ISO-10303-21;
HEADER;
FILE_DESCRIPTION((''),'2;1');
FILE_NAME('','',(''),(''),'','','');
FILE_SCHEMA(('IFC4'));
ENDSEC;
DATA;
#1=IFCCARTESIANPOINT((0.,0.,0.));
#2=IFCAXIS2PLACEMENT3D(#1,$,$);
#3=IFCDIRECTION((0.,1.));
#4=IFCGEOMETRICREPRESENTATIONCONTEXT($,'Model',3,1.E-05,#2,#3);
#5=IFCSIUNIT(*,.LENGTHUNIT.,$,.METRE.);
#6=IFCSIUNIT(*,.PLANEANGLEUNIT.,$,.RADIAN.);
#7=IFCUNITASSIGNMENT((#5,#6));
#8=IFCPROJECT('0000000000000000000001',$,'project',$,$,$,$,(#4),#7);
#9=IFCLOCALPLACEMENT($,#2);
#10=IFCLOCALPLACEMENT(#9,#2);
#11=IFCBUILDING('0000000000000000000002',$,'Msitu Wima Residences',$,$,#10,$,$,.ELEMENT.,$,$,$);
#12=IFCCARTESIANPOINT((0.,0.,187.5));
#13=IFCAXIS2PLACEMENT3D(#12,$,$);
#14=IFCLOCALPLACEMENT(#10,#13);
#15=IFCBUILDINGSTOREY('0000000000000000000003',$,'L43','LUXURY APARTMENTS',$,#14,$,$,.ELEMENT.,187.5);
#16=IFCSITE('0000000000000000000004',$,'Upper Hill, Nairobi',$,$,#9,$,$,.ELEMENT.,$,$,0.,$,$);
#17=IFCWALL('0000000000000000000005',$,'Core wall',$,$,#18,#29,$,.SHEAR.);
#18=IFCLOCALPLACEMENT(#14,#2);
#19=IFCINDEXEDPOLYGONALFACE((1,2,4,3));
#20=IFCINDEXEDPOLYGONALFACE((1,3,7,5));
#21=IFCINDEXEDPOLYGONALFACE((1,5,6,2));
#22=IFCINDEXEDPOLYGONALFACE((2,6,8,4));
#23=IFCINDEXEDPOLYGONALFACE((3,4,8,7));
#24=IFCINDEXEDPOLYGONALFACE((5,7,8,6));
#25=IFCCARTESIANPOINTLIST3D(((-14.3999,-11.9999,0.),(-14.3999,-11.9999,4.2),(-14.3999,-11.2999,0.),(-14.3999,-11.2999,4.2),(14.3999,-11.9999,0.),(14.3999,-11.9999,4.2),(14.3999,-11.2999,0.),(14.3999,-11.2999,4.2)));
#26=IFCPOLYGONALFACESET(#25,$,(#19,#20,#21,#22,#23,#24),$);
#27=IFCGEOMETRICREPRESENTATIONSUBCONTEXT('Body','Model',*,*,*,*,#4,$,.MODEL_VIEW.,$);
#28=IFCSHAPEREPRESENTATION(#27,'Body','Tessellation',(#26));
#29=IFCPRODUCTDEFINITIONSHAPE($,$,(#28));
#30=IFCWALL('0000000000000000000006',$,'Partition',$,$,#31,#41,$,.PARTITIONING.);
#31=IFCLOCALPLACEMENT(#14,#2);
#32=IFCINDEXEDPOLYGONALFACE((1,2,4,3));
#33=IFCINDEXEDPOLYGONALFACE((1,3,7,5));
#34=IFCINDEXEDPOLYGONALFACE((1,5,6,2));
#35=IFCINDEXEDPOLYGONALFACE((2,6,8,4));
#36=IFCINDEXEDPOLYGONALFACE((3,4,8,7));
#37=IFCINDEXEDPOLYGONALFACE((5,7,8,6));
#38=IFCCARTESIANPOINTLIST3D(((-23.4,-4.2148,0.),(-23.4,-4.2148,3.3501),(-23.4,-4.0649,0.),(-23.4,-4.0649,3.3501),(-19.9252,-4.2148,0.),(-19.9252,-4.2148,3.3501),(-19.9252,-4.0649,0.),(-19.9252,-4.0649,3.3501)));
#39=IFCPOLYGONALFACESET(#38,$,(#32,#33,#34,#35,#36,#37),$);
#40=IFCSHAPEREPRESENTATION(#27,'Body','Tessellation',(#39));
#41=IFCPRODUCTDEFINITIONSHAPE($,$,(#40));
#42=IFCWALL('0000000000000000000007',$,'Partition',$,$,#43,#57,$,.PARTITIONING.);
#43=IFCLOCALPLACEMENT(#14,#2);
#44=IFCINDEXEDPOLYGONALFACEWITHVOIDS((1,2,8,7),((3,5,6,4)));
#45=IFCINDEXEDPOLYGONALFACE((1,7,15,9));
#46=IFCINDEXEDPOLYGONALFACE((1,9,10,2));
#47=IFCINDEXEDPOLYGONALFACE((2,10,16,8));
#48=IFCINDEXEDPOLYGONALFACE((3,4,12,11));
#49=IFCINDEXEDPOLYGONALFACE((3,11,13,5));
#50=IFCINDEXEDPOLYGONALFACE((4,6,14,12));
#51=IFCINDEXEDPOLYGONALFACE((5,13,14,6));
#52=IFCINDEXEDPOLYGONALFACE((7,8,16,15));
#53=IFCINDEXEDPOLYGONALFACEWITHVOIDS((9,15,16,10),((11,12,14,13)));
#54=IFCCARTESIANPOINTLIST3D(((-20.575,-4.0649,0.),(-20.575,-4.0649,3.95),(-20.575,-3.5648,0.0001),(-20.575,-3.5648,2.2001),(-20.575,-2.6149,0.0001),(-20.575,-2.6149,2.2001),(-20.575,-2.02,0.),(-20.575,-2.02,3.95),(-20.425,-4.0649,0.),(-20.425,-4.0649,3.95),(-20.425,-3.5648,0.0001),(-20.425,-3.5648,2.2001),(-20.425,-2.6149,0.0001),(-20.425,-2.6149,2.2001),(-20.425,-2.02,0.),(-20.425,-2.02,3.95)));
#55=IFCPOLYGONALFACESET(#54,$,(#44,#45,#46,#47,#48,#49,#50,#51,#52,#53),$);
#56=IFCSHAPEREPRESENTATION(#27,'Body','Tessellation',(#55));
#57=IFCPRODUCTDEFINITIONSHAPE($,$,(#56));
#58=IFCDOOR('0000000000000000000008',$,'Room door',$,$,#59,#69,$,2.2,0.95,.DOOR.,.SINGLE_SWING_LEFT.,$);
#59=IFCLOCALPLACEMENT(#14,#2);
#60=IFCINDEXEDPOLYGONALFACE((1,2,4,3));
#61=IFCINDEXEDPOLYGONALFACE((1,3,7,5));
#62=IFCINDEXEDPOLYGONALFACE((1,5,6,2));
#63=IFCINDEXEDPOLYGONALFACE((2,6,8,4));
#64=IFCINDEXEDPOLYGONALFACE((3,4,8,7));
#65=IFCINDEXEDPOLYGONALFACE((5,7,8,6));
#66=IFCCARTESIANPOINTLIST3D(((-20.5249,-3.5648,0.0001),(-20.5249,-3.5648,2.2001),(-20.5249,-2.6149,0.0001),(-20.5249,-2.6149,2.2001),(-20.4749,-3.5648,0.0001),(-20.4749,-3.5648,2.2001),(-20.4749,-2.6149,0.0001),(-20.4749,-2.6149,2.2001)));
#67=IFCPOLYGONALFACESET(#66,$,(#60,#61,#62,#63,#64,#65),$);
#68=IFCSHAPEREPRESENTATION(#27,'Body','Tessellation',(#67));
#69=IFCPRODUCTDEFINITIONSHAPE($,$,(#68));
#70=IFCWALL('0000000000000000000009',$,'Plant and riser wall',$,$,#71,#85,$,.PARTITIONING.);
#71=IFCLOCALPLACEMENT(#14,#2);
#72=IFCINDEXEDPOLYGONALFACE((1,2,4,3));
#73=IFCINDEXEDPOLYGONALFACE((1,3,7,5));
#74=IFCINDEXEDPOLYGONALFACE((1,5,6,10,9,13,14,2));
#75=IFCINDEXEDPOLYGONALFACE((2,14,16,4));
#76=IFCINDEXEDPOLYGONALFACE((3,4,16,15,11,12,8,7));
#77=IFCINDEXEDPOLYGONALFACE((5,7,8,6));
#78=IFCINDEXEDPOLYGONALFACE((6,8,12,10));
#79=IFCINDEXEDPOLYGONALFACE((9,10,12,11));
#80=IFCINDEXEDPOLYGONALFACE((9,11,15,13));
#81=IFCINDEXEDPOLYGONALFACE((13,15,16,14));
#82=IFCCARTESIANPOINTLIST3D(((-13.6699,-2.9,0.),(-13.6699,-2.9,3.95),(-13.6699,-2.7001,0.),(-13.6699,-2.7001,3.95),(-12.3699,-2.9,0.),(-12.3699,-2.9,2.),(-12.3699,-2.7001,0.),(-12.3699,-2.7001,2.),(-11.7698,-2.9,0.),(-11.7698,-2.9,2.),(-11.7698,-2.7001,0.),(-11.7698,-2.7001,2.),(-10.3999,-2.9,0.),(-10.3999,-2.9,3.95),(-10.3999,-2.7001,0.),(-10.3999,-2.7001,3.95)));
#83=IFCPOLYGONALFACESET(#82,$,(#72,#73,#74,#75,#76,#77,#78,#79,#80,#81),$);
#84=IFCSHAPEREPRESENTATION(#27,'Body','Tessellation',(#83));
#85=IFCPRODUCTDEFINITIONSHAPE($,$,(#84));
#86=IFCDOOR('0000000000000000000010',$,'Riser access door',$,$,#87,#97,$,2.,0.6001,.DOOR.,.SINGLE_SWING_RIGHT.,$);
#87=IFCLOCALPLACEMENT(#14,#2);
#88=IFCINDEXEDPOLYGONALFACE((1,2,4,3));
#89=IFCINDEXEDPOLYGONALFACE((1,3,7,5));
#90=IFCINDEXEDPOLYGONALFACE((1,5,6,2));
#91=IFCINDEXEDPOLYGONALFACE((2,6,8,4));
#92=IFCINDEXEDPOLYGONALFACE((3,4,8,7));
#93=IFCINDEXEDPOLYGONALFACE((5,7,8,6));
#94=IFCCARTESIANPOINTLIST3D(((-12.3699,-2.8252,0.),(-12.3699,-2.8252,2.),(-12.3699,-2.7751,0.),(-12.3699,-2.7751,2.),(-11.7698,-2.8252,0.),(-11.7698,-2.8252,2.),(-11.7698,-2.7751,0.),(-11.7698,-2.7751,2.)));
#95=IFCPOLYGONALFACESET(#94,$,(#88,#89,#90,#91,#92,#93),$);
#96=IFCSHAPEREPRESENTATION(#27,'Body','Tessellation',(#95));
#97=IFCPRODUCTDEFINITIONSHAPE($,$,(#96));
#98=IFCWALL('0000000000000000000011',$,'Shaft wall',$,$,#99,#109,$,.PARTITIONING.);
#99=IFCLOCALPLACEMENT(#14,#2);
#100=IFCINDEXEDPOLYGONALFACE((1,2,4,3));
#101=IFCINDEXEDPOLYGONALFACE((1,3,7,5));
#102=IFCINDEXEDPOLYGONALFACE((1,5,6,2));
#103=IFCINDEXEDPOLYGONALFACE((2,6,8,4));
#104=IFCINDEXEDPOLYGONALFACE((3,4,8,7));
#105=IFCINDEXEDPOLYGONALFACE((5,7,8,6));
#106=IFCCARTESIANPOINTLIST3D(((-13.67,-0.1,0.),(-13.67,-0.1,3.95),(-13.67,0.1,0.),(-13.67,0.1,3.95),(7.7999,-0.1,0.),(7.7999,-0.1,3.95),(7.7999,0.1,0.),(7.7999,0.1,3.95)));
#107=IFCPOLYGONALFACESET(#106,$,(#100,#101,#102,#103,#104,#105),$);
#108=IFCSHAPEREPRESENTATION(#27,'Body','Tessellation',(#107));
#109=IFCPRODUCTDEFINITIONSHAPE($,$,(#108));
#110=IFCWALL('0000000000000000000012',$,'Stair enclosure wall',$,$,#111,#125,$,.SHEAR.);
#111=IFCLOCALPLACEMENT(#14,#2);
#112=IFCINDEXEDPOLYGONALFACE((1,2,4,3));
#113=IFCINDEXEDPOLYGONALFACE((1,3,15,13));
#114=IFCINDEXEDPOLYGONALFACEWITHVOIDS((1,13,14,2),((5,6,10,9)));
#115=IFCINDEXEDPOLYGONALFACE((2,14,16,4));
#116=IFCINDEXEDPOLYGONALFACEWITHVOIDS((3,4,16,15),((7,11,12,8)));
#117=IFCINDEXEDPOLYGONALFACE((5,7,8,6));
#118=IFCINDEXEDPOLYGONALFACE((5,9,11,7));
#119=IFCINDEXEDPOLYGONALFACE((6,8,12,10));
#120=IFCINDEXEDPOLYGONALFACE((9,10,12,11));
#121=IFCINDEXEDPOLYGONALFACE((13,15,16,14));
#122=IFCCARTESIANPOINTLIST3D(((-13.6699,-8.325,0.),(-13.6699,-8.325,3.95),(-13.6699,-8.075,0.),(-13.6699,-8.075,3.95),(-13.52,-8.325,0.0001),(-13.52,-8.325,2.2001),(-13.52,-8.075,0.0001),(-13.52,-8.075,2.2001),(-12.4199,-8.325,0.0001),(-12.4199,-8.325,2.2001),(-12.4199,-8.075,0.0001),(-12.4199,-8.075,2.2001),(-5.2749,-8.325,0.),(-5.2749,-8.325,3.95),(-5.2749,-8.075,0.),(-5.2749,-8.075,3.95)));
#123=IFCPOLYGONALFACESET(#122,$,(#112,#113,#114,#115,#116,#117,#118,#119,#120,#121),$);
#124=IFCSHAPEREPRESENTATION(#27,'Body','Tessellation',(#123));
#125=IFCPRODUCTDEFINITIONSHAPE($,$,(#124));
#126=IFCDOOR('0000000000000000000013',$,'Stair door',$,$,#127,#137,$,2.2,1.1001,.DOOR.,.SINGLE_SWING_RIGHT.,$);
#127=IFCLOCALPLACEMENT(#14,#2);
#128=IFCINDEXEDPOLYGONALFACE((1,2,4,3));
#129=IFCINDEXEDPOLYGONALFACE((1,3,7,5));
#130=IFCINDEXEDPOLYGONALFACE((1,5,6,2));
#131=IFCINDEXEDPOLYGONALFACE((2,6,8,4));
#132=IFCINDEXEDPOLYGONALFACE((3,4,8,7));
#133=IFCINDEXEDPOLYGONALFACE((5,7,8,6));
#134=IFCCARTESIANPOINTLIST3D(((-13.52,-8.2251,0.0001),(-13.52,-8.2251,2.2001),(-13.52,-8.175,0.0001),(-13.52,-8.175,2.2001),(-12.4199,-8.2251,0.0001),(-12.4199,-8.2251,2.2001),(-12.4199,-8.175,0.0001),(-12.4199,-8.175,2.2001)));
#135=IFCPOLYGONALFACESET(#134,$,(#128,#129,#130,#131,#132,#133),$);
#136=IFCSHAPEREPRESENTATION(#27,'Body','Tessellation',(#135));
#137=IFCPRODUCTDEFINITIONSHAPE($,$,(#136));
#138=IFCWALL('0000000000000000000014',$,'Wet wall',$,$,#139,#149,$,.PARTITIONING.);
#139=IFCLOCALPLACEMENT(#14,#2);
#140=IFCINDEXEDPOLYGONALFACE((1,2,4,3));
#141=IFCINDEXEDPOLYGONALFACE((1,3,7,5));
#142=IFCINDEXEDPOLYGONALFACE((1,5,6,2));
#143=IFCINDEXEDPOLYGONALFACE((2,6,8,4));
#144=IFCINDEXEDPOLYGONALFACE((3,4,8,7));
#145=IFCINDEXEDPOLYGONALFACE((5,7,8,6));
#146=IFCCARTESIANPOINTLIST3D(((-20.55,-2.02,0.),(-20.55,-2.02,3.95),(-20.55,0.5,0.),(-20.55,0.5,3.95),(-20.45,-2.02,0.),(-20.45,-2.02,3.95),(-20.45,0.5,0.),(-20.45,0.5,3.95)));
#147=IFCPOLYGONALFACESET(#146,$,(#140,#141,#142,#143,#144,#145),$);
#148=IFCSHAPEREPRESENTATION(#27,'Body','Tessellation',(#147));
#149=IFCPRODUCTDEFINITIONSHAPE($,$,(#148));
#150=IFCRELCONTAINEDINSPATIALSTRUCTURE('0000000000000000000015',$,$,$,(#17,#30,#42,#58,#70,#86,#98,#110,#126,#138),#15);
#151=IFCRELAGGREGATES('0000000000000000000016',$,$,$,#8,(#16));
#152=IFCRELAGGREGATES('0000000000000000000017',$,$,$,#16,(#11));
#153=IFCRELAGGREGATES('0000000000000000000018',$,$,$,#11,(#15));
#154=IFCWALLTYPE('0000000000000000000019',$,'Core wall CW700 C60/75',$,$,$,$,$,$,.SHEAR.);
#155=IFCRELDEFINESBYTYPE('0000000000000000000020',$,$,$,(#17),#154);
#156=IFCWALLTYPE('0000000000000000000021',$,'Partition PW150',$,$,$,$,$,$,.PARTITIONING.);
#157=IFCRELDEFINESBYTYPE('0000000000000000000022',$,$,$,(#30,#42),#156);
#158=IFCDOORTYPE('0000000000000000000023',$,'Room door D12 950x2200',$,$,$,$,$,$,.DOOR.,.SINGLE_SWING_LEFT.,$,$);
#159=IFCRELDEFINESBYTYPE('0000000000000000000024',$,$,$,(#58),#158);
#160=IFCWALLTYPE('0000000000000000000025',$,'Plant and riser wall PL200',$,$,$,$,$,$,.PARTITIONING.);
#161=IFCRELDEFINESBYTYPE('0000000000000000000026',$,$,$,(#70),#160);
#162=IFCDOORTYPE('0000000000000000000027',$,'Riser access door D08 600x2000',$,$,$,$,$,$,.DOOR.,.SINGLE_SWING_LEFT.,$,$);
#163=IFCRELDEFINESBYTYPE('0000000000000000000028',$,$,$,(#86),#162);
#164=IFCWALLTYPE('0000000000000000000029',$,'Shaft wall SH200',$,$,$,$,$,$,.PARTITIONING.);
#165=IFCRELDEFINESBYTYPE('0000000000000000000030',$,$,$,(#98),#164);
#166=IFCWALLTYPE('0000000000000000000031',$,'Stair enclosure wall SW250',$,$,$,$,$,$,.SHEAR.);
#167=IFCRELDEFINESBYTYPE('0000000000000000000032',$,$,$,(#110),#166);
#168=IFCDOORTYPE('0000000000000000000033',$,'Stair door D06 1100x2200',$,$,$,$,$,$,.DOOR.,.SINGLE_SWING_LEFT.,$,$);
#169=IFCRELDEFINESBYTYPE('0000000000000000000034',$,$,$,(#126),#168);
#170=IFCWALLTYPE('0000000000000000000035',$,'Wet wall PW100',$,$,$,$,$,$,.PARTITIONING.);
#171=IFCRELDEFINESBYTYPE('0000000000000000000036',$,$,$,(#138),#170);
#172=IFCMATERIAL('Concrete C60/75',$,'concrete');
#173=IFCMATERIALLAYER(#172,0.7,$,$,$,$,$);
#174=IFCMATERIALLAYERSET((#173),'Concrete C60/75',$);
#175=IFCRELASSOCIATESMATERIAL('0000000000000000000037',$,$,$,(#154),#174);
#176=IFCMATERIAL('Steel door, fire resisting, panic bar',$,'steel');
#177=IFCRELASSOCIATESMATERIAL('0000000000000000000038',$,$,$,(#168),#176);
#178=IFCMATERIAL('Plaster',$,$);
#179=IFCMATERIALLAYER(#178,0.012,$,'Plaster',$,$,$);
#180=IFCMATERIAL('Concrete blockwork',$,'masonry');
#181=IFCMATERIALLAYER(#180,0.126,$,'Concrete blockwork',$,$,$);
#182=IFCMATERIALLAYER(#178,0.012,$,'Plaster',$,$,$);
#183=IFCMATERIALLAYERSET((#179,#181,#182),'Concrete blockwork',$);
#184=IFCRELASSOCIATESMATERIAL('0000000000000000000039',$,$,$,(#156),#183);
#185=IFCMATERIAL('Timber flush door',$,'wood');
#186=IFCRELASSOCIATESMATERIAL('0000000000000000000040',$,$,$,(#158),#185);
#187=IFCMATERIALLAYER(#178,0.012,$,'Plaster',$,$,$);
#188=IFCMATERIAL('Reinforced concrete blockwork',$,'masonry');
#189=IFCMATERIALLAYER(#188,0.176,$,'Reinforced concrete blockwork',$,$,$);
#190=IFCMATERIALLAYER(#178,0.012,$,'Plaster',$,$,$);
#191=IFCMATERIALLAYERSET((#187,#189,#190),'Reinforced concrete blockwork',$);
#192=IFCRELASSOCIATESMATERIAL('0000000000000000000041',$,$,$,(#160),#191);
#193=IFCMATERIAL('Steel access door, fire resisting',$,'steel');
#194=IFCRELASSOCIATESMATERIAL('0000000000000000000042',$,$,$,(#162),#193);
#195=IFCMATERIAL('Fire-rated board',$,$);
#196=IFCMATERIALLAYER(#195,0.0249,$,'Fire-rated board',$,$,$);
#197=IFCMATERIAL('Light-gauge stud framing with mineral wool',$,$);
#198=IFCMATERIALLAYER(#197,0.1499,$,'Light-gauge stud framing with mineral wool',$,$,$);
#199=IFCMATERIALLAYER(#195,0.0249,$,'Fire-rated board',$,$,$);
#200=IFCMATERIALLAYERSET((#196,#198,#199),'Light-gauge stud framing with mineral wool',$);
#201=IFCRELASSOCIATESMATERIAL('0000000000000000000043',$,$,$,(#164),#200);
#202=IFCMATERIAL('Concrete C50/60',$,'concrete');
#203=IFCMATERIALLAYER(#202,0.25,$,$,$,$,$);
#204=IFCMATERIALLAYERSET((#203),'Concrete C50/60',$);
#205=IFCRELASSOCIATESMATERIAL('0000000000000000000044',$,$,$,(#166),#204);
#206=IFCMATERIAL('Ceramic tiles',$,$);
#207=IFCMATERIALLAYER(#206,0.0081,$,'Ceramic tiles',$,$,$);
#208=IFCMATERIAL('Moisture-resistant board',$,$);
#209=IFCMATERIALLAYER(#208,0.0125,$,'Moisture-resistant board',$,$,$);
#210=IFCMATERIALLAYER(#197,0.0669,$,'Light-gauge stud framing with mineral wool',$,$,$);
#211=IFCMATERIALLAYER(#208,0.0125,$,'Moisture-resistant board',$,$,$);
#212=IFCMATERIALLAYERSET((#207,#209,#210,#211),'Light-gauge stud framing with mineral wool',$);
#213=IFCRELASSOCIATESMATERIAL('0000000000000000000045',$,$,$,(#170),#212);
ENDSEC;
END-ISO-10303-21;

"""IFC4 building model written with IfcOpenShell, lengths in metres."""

from ifc_helpers import new_model, si_unit, direction, frame, frame_2d, origin, place, context, subcontext, project, spatial, rectangle, extrude, material, layer, layer_set, type_object, element, fill, save


model = new_model("IFC4")

# Units and contexts
model_context = context("Model", 3, precision=1e-05, world=origin(), true_north=direction((0.0, 1.0)))
body_context = subcontext(model_context, "Body", "Model", "MODEL_VIEW")
ifc_project = project(units=[si_unit("LENGTHUNIT", "METRE"), si_unit("PLANEANGLEUNIT", "RADIAN")], contexts=[model_context])

# Site, building, storey
site_placement = place(None, origin())
site = spatial("IfcSite", under=ifc_project, at=site_placement, Name="Upper Hill, Nairobi", CompositionType="ELEMENT", RefElevation=0.0)
building_placement = place(site_placement, origin())
building = spatial("IfcBuilding", under=site, at=building_placement, Name="Msitu Wima Residences", CompositionType="ELEMENT")
storey_placement = place(building_placement, frame((0.0, 0.0, 187.5)))
storey = spatial("IfcBuildingStorey", under=building, at=storey_placement, Name="L43", Description="LUXURY APARTMENTS", CompositionType="ELEMENT", Elevation=187.5)

# Shared definitions
ifc_material_1 = material(Name="Concrete C60/75", Category="concrete")

# Shared definitions
ifc_material_2 = material(Name="Concrete C50/60", Category="concrete")

# Wall
ifc_layer_1 = layer(ifc_material_1, 0.7)
ifc_layer_set_1 = layer_set([ifc_layer_1], Name="Concrete C60/75")
wall_type_1 = type_object("IfcWallType", Name="Core wall CW700 C60/75", PredefinedType="SHEAR", material=ifc_layer_set_1)
wall_1_placement = place(storey_placement, frame((-14.3999, -11.6499, 0.0), z_axis=(0.0, 0.0, 1.0), x_axis=(1.0, 0.0, 0.0)))
element("IfcWall", 1, at=wall_1_placement, inside=storey, type_object=wall_type_1, Name="Core wall", PredefinedType="SHEAR", context=body_context, shape_type="SweptSolid", body=[
    extrude(rectangle(XDim=28.7998, YDim=0.7, at=frame_2d((14.3999, 0.0))), origin(), (0.0, 0.0, 1.0), 4.2),
])

# Shared definitions
ifc_material_3 = material(Name="Steel door, fire resisting, panic bar", Category="steel")
door_type_1 = type_object("IfcDoorType", Name="Stair door D06 1100x2200", OperationType="SINGLE_SWING_LEFT", PredefinedType="DOOR", material=ifc_material_3)

# Wall
ifc_material_4 = material(Name="Plaster")
ifc_layer_2 = layer(ifc_material_4, 0.012, Name="Plaster")
ifc_material_5 = material(Name="Concrete blockwork", Category="masonry")
ifc_layer_3 = layer(ifc_material_5, 0.126, Name="Concrete blockwork")
ifc_layer_4 = layer(ifc_material_4, 0.012, Name="Plaster")
ifc_layer_set_2 = layer_set([ifc_layer_2, ifc_layer_3, ifc_layer_4], Name="Concrete blockwork")
wall_type_2 = type_object("IfcWallType", Name="Partition PW150", PredefinedType="PARTITIONING", material=ifc_layer_set_2)
wall_2_placement = place(storey_placement, frame((-23.3999, -4.1399, 0.0), z_axis=(0.0, 0.0, 1.0), x_axis=(1.0, 0.0, 0.0)))
element("IfcWall", 2, at=wall_2_placement, inside=storey, type_object=wall_type_2, Name="Partition", PredefinedType="PARTITIONING", context=body_context, shape_type="SweptSolid", body=[
    extrude(rectangle(XDim=3.4749, YDim=0.1499, at=frame_2d((1.7373, 0.0))), origin(), (0.0, 0.0, 1.0), 3.3501),
])

# Walls, openings, doors
wall_3_placement = place(storey_placement, frame((-20.5, -4.0649, 0.0), z_axis=(0.0, 0.0, 1.0), x_axis=(0.0, 1.0, 0.0)))
wall_3 = element("IfcWall", 3, at=wall_3_placement, inside=storey, type_object=wall_type_2, Name="Partition", PredefinedType="PARTITIONING", context=body_context, shape_type="SweptSolid", body=[
    extrude(rectangle(XDim=2.0449, YDim=0.1499, at=frame_2d((1.0225, 0.0))), origin(), (0.0, 0.0, 1.0), 3.95),
])
opening_1_placement = place(wall_3_placement, frame((0.5, 0.0, 0.0)))
opening_1 = element("IfcOpeningElement", 4, at=opening_1_placement, cuts=wall_3, PredefinedType="OPENING", context=body_context, shape_type="SweptSolid", body=[
    extrude(rectangle(XDim=0.95, YDim=2.2, at=frame_2d((0.4751, 1.1001))), frame((0.0, 0.085, 0.0), z_axis=(0.0, -1.0, 0.0), x_axis=(1.0, 0.0, 0.0)), (0.0, 0.0, 1.0), 0.1699),
])
ifc_material_6 = material(Name="Timber flush door", Category="wood")
door_type_2 = type_object("IfcDoorType", Name="Room door D12 950x2200", OperationType="SINGLE_SWING_LEFT", PredefinedType="DOOR", material=ifc_material_6)
door_1_placement = place(opening_1_placement, origin())
door_1 = element("IfcDoor", 5, at=door_1_placement, inside=storey, type_object=door_type_2, Name="Room door", OperationType="SINGLE_SWING_LEFT", OverallHeight=2.2, OverallWidth=0.95, PredefinedType="DOOR", context=body_context, shape_type="SweptSolid", body=[
    extrude(rectangle(XDim=0.95, YDim=2.2, at=frame_2d((0.4751, 1.1001))), frame((0.0, 0.0249, 0.0), z_axis=(0.0, -1.0, 0.0), x_axis=(1.0, 0.0, 0.0)), (0.0, 0.0, 1.0), 0.05),
])
fill(opening_1, door_1)
ifc_layer_5 = layer(ifc_material_4, 0.012, Name="Plaster")
ifc_material_7 = material(Name="Reinforced concrete blockwork", Category="masonry")
ifc_layer_6 = layer(ifc_material_7, 0.176, Name="Reinforced concrete blockwork")
ifc_layer_7 = layer(ifc_material_4, 0.012, Name="Plaster")
ifc_layer_set_3 = layer_set([ifc_layer_5, ifc_layer_6, ifc_layer_7], Name="Reinforced concrete blockwork")
wall_type_3 = type_object("IfcWallType", Name="Plant and riser wall PL200", PredefinedType="PARTITIONING", material=ifc_layer_set_3)
wall_4_placement = place(storey_placement, frame((-13.6699, -2.8, 0.0), z_axis=(0.0, 0.0, 1.0), x_axis=(1.0, 0.0, 0.0)))
wall_4 = element("IfcWall", 6, at=wall_4_placement, inside=storey, type_object=wall_type_3, Name="Plant and riser wall", PredefinedType="PARTITIONING", context=body_context, shape_type="SweptSolid", body=[
    extrude(rectangle(XDim=3.27, YDim=0.2, at=frame_2d((1.635, 0.0))), origin(), (0.0, 0.0, 1.0), 3.95),
])
opening_2_placement = place(wall_4_placement, frame((1.3, 0.0, 0.0)))
opening_2 = element("IfcOpeningElement", 7, at=opening_2_placement, cuts=wall_4, PredefinedType="OPENING", context=body_context, shape_type="SweptSolid", body=[
    extrude(rectangle(XDim=0.6001, YDim=2.0, at=frame_2d((0.3, 1.0))), frame((0.0, 0.1099, 0.0), z_axis=(0.0, -1.0, 0.0), x_axis=(1.0, 0.0, 0.0)), (0.0, 0.0, 1.0), 0.22),
])
ifc_material_8 = material(Name="Steel access door, fire resisting", Category="steel")
door_type_3 = type_object("IfcDoorType", Name="Riser access door D08 600x2000", OperationType="SINGLE_SWING_LEFT", PredefinedType="DOOR", material=ifc_material_8)
door_2_placement = place(opening_2_placement, origin())
door_2 = element("IfcDoor", 8, at=door_2_placement, inside=storey, type_object=door_type_3, Name="Riser access door", OperationType="SINGLE_SWING_RIGHT", OverallHeight=2.0, OverallWidth=0.6001, PredefinedType="DOOR", context=body_context, shape_type="SweptSolid", body=[
    extrude(rectangle(XDim=0.6001, YDim=2.0, at=frame_2d((0.3, 1.0))), frame((0.0, 0.0249, 0.0), z_axis=(0.0, -1.0, 0.0), x_axis=(1.0, 0.0, 0.0)), (0.0, 0.0, 1.0), 0.05),
])
fill(opening_2, door_2)

# Wall
ifc_material_9 = material(Name="Fire-rated board")
ifc_layer_8 = layer(ifc_material_9, 0.0249, Name="Fire-rated board")
ifc_material_10 = material(Name="Light-gauge stud framing with mineral wool")
ifc_layer_9 = layer(ifc_material_10, 0.1499, Name="Light-gauge stud framing with mineral wool")
ifc_layer_10 = layer(ifc_material_9, 0.0249, Name="Fire-rated board")
ifc_layer_set_4 = layer_set([ifc_layer_8, ifc_layer_9, ifc_layer_10], Name="Light-gauge stud framing with mineral wool")
wall_type_4 = type_object("IfcWallType", Name="Shaft wall SH200", PredefinedType="PARTITIONING", material=ifc_layer_set_4)
wall_5_placement = place(storey_placement, frame((-13.6699, 0.0, 0.0), z_axis=(0.0, 0.0, 1.0), x_axis=(1.0, 0.0, 0.0)))
element("IfcWall", 9, at=wall_5_placement, inside=storey, type_object=wall_type_4, Name="Shaft wall", PredefinedType="PARTITIONING", context=body_context, shape_type="SweptSolid", body=[
    extrude(rectangle(XDim=21.47, YDim=0.2, at=frame_2d((10.7349, 0.0))), origin(), (0.0, 0.0, 1.0), 3.95),
])

# Wall, opening, door
ifc_layer_11 = layer(ifc_material_2, 0.25)
ifc_layer_set_5 = layer_set([ifc_layer_11], Name="Concrete C50/60")
wall_type_5 = type_object("IfcWallType", Name="Stair enclosure wall SW250", PredefinedType="SHEAR", material=ifc_layer_set_5)
wall_6_placement = place(storey_placement, frame((-13.6699, -8.2, 0.0), z_axis=(0.0, 0.0, 1.0), x_axis=(1.0, 0.0, 0.0)))
wall_6 = element("IfcWall", 10, at=wall_6_placement, inside=storey, type_object=wall_type_5, Name="Stair enclosure wall", PredefinedType="SHEAR", context=body_context, shape_type="SweptSolid", body=[
    extrude(rectangle(XDim=8.395, YDim=0.25, at=frame_2d((4.1975, 0.0))), origin(), (0.0, 0.0, 1.0), 3.95),
])
opening_3_placement = place(wall_6_placement, frame((0.1499, 0.0, 0.0)))
opening_3 = element("IfcOpeningElement", 11, at=opening_3_placement, cuts=wall_6, PredefinedType="OPENING", context=body_context, shape_type="SweptSolid", body=[
    extrude(rectangle(XDim=1.1001, YDim=2.2, at=frame_2d((0.55, 1.1001))), frame((0.0, 0.135, 0.0), z_axis=(0.0, -1.0, 0.0), x_axis=(1.0, 0.0, 0.0)), (0.0, 0.0, 1.0), 0.27),
])
door_3_placement = place(opening_3_placement, origin())
door_3 = element("IfcDoor", 12, at=door_3_placement, inside=storey, type_object=door_type_1, Name="Stair door", OperationType="SINGLE_SWING_RIGHT", OverallHeight=2.2, OverallWidth=1.1001, PredefinedType="DOOR", context=body_context, shape_type="SweptSolid", body=[
    extrude(rectangle(XDim=1.1001, YDim=2.2, at=frame_2d((0.55, 1.1001))), frame((0.0, 0.0249, 0.0), z_axis=(0.0, -1.0, 0.0), x_axis=(1.0, 0.0, 0.0)), (0.0, 0.0, 1.0), 0.05),
])
fill(opening_3, door_3)

# Wall
ifc_material_11 = material(Name="Ceramic tiles")
ifc_layer_12 = layer(ifc_material_11, 0.0081, Name="Ceramic tiles")
ifc_material_12 = material(Name="Moisture-resistant board")
ifc_layer_13 = layer(ifc_material_12, 0.0125, Name="Moisture-resistant board")
ifc_layer_14 = layer(ifc_material_10, 0.0669, Name="Light-gauge stud framing with mineral wool")
ifc_layer_15 = layer(ifc_material_12, 0.0125, Name="Moisture-resistant board")
ifc_layer_set_6 = layer_set([ifc_layer_12, ifc_layer_13, ifc_layer_14, ifc_layer_15], Name="Light-gauge stud framing with mineral wool")
wall_type_6 = type_object("IfcWallType", Name="Wet wall PW100", PredefinedType="PARTITIONING", material=ifc_layer_set_6)
wall_7_placement = place(storey_placement, frame((-20.5, -2.02, 0.0), z_axis=(0.0, 0.0, 1.0), x_axis=(0.0, 1.0, 0.0)))
element("IfcWall", 13, at=wall_7_placement, inside=storey, type_object=wall_type_6, Name="Wet wall", PredefinedType="PARTITIONING", context=body_context, shape_type="SweptSolid", body=[
    extrude(rectangle(XDim=2.52, YDim=0.1001, at=frame_2d((1.26, 0.0))), origin(), (0.0, 0.0, 1.0), 3.95),
])

save(model, "model.ifc")
